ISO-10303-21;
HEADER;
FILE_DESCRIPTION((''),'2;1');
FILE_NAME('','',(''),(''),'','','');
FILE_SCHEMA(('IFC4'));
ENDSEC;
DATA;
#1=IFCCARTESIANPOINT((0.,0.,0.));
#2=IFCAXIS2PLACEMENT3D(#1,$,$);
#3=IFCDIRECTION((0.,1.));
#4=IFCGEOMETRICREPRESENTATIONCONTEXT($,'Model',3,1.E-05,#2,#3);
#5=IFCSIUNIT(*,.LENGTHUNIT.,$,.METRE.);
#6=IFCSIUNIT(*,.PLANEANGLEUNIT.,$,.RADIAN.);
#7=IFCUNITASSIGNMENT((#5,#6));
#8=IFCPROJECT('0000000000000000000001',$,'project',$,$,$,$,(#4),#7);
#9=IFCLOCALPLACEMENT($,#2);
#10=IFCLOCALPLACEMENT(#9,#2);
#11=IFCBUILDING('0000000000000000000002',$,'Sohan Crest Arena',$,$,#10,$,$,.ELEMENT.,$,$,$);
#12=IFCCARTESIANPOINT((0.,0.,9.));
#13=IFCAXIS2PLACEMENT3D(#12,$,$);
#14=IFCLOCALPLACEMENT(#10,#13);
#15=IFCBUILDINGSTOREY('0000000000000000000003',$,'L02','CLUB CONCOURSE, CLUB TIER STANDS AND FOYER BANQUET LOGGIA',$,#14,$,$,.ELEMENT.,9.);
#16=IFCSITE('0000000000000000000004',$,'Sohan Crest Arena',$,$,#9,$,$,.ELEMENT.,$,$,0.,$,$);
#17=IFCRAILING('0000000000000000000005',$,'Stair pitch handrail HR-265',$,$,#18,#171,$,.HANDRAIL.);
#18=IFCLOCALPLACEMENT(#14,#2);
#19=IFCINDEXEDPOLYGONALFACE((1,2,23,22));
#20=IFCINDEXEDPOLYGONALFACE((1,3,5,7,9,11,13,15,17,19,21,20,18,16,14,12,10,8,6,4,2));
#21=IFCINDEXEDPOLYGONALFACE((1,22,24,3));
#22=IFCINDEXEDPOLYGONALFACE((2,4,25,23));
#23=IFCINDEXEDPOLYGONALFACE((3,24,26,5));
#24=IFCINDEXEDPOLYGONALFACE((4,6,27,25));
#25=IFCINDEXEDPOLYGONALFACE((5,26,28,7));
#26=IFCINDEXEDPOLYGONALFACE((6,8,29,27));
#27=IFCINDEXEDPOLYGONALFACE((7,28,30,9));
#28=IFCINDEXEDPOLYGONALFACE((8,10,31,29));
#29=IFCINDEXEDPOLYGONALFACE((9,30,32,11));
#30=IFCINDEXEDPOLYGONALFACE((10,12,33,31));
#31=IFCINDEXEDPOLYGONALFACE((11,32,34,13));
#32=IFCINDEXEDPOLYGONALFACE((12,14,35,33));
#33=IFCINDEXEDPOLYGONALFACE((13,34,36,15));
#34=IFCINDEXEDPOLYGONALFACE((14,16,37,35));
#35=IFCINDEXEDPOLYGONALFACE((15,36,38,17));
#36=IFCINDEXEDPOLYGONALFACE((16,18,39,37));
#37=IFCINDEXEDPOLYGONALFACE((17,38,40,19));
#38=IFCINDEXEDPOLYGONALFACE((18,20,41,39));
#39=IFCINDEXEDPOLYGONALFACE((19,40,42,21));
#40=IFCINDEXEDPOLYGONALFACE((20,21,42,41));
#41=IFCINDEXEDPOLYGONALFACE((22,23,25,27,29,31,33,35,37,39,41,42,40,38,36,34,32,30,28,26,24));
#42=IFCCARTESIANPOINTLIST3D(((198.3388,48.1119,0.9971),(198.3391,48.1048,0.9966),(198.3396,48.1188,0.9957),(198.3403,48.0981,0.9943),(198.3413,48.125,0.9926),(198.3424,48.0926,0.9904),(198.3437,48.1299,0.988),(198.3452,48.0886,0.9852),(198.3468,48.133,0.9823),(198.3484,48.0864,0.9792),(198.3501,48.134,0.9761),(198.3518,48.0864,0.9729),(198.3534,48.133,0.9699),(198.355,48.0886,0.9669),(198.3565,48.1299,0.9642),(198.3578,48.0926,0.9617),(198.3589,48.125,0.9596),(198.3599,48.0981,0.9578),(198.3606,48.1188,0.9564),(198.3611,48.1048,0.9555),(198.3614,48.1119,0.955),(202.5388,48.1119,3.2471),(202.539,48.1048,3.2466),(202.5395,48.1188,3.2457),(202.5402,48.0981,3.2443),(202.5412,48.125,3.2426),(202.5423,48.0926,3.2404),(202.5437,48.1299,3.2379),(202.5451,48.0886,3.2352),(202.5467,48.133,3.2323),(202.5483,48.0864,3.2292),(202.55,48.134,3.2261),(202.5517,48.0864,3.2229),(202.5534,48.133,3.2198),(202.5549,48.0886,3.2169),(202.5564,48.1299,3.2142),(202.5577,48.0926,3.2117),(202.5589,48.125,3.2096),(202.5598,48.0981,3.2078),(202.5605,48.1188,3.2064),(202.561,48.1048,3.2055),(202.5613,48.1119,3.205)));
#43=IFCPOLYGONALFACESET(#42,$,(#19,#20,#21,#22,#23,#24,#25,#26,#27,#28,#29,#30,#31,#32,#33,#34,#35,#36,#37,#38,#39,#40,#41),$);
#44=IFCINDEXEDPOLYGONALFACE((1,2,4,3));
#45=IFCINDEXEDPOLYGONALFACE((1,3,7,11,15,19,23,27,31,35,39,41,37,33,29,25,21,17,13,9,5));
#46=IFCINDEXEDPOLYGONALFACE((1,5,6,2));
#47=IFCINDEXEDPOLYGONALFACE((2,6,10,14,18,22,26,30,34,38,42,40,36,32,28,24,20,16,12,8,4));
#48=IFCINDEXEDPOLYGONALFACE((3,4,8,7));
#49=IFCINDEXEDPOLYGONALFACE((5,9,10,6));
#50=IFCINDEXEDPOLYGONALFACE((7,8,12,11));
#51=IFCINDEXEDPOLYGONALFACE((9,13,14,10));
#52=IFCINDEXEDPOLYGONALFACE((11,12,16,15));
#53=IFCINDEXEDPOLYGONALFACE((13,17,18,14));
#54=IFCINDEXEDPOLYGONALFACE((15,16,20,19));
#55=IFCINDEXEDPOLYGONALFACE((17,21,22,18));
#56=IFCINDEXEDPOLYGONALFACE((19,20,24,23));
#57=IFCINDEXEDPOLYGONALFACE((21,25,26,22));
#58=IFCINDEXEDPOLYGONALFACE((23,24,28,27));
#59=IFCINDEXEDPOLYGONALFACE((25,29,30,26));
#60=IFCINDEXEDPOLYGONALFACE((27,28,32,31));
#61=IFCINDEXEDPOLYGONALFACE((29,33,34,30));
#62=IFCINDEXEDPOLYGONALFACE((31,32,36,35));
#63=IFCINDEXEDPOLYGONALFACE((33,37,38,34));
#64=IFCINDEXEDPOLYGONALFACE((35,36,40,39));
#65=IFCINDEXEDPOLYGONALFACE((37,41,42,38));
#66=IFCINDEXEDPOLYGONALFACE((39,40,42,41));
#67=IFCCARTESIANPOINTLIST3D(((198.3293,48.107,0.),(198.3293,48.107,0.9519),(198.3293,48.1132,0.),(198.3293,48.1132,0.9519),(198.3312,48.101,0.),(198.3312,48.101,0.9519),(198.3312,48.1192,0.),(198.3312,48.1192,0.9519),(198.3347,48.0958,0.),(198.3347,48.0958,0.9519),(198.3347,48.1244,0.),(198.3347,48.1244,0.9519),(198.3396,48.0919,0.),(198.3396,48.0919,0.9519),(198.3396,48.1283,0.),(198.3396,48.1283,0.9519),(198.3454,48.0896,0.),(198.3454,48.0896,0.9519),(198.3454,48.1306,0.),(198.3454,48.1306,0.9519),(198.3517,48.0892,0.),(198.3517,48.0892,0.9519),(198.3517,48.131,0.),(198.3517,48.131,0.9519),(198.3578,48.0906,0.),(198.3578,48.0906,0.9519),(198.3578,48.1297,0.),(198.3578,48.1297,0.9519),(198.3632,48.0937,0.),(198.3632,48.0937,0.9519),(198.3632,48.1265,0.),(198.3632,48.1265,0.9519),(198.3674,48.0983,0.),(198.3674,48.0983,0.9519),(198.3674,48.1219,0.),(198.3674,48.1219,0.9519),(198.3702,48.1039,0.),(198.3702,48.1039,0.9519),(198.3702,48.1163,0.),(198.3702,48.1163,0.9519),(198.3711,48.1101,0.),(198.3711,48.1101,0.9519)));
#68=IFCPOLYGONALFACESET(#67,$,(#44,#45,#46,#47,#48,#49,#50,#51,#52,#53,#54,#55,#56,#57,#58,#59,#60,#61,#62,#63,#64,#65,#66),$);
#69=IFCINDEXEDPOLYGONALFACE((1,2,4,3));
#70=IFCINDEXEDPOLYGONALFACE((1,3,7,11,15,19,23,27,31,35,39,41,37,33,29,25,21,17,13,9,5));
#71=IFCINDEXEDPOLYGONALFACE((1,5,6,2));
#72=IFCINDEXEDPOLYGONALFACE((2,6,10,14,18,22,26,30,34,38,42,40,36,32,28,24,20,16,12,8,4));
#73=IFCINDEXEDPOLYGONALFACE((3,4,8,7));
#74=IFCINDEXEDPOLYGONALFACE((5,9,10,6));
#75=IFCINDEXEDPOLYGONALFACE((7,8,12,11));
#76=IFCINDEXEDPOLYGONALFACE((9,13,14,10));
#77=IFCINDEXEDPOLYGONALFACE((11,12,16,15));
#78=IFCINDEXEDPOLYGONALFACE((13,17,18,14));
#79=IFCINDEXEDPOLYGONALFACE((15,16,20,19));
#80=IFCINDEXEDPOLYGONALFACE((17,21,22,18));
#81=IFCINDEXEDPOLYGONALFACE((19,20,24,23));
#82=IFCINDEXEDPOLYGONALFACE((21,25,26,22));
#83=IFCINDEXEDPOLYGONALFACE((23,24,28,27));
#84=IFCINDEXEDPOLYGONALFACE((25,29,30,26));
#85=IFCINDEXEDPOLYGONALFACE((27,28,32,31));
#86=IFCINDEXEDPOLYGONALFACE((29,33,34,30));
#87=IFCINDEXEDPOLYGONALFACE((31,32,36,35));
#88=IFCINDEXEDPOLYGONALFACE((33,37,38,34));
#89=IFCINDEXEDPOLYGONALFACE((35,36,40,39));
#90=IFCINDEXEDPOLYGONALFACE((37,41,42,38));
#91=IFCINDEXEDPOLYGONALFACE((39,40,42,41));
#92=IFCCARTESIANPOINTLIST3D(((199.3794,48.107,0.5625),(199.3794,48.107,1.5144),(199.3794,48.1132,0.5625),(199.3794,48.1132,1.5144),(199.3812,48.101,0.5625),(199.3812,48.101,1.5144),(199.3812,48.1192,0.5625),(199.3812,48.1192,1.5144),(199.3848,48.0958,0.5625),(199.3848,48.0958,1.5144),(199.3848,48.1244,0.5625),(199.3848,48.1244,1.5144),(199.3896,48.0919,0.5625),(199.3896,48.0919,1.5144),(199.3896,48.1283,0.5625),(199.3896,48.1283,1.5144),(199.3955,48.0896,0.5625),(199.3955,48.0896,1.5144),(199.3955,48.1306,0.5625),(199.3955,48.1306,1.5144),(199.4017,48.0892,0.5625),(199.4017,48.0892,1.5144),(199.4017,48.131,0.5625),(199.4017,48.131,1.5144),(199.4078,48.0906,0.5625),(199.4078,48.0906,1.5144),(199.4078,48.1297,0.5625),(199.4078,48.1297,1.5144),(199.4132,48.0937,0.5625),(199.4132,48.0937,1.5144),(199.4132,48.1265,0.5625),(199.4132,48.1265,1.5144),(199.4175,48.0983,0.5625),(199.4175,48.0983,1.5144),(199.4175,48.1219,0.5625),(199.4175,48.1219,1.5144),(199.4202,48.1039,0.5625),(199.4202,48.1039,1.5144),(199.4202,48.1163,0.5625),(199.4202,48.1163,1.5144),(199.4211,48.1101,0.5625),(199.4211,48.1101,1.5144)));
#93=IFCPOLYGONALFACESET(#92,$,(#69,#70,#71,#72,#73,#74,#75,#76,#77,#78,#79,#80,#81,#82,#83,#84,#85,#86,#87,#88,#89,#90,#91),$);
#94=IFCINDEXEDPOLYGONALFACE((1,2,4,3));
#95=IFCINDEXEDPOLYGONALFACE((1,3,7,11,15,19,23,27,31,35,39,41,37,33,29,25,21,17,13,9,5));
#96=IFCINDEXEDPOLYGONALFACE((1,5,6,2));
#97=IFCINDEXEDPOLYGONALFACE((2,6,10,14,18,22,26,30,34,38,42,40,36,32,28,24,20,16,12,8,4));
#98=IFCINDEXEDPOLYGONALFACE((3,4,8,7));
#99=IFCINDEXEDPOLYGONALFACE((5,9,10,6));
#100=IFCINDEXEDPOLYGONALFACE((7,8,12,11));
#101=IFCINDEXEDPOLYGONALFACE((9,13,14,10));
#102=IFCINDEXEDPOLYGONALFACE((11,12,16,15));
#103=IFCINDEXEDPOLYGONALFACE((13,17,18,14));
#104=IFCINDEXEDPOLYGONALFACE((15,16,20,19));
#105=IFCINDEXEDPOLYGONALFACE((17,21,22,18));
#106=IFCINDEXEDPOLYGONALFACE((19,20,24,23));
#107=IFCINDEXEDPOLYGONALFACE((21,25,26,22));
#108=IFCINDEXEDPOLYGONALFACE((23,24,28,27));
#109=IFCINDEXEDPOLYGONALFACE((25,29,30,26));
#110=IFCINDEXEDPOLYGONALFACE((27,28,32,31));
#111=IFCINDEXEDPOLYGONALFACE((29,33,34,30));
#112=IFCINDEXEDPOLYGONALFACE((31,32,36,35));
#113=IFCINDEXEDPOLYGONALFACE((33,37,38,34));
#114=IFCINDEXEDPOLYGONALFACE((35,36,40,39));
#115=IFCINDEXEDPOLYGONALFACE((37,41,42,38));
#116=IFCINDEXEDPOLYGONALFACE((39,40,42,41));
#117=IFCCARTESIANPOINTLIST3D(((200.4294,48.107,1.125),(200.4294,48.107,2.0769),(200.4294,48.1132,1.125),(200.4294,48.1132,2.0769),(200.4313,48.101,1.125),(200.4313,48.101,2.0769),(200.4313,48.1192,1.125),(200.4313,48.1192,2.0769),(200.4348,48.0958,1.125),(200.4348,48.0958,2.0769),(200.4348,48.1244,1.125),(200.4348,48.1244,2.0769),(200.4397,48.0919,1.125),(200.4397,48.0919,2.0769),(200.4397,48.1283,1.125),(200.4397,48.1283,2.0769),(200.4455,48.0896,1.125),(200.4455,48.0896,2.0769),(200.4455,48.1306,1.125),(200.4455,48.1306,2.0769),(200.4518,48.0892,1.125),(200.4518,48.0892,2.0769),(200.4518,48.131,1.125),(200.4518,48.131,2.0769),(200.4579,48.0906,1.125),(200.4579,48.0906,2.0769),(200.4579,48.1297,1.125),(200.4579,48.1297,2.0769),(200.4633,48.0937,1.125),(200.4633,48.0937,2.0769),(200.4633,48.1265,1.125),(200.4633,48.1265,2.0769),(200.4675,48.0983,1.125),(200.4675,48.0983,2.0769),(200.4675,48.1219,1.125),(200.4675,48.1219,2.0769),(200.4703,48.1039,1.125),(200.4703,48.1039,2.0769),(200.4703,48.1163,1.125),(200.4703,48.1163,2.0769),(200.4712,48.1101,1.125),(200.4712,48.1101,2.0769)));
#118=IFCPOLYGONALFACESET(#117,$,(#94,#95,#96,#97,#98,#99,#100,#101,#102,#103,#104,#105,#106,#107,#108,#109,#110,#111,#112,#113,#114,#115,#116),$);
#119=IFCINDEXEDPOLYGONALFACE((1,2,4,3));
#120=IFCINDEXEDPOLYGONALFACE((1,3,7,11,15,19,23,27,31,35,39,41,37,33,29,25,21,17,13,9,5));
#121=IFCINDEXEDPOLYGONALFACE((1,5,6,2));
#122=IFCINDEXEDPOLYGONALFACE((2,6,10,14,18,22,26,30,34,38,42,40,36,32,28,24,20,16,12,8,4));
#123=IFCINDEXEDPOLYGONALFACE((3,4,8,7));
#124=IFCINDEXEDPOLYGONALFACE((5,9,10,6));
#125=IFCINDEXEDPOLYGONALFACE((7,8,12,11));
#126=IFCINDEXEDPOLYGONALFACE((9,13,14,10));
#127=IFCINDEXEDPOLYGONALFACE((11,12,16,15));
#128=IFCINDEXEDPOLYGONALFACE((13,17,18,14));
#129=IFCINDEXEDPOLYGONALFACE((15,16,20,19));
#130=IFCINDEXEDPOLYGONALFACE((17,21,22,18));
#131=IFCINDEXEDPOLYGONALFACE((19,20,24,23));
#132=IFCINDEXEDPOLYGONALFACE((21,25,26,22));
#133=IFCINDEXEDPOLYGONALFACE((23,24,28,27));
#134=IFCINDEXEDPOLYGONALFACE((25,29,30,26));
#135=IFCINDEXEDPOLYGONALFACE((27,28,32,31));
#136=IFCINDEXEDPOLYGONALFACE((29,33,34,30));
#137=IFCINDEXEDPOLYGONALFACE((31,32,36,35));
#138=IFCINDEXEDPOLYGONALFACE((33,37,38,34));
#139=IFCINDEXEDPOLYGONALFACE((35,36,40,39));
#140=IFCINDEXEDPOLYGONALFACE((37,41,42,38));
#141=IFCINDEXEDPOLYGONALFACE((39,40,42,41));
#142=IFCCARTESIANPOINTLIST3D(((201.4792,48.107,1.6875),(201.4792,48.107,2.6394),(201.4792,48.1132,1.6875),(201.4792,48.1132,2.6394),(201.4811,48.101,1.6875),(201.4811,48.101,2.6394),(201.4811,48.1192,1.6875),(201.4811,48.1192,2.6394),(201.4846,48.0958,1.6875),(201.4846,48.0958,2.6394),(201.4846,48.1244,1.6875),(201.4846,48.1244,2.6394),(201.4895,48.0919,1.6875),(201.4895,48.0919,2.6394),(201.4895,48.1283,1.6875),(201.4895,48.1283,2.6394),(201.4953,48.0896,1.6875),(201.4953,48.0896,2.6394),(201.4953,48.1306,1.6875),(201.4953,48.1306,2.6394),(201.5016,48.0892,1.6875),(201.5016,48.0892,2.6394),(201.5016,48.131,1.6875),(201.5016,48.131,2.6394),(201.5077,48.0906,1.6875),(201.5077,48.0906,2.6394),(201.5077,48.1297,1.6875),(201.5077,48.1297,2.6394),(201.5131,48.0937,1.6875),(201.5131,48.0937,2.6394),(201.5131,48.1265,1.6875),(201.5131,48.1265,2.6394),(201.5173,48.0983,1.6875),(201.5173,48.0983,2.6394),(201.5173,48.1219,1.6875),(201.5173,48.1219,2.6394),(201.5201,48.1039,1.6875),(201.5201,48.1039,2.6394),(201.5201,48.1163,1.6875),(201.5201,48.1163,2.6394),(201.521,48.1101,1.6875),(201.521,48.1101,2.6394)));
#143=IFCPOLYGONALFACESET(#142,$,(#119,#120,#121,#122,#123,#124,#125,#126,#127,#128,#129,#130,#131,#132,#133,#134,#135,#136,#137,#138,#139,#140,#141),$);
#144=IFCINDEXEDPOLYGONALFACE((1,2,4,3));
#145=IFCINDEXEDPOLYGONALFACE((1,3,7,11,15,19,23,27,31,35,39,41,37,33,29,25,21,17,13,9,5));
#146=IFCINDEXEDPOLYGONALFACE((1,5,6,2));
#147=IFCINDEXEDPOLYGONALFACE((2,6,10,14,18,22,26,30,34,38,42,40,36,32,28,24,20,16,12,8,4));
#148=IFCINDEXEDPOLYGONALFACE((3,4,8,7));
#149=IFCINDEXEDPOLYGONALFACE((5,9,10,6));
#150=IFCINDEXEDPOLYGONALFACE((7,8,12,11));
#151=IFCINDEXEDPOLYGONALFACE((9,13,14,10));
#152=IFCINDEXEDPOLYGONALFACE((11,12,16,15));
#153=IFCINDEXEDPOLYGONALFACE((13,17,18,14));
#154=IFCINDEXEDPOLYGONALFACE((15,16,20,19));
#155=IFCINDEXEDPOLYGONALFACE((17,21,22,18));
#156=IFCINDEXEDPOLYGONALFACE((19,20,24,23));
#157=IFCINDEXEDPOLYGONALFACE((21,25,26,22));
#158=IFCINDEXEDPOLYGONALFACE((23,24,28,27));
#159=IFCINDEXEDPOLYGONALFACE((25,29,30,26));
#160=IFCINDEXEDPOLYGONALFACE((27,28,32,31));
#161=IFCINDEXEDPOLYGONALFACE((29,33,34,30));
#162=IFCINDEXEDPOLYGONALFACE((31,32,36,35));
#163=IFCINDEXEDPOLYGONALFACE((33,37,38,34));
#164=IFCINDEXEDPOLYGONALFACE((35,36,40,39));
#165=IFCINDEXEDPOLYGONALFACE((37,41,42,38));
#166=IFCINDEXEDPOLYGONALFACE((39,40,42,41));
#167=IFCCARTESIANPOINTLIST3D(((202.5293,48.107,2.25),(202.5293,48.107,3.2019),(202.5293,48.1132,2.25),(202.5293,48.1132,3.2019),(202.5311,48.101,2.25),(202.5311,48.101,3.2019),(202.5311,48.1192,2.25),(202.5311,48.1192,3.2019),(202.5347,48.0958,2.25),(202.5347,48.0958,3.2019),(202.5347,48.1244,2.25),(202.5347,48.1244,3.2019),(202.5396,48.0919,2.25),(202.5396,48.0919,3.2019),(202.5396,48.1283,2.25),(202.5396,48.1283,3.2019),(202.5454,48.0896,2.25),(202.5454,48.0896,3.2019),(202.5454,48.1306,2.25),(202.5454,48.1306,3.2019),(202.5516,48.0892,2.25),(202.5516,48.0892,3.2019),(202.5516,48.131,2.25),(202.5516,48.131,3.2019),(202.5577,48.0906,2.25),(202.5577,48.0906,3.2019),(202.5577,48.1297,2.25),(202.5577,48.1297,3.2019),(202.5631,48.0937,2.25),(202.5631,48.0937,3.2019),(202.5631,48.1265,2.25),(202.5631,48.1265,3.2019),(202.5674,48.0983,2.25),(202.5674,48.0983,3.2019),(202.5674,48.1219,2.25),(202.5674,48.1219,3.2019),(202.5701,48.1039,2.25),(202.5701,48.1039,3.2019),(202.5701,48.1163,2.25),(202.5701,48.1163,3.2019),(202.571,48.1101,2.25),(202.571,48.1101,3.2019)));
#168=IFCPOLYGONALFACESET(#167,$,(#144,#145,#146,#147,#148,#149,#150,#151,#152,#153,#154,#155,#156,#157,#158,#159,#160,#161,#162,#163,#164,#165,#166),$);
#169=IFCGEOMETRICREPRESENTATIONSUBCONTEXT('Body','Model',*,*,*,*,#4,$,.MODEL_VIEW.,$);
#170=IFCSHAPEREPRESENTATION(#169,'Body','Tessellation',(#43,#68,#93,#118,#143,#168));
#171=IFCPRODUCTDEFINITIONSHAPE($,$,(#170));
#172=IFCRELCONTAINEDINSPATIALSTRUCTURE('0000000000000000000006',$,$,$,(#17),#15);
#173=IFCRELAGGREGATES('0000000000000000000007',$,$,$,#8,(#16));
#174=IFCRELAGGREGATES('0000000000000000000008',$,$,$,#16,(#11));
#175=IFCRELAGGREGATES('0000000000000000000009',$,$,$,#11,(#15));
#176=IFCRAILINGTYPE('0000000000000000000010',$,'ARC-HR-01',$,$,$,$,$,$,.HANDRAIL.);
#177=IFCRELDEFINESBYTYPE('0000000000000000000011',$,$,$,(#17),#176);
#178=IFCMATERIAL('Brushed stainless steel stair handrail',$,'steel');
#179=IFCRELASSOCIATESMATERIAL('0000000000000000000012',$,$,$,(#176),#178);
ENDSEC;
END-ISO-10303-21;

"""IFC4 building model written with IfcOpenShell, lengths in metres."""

from ifc_helpers import new_model, si_unit, direction, frame, origin, origin_2d, place, context, subcontext, project, spatial, circle, extrude, material, type_object, element, save


model = new_model("IFC4")

# Units and contexts
model_context = context("Model", 3, precision=1e-05, world=origin(), true_north=direction((0.0, 1.0)))
body_context = subcontext(model_context, "Body", "Model", "MODEL_VIEW")
ifc_project = project(units=[si_unit("LENGTHUNIT", "METRE"), si_unit("PLANEANGLEUNIT", "RADIAN")], contexts=[model_context])

# Site, building, storey
site_placement = place(None, origin())
site = spatial("IfcSite", under=ifc_project, at=site_placement, Name="Sohan Crest Arena", CompositionType="ELEMENT", RefElevation=0.0)
building_placement = place(site_placement, origin())
building = spatial("IfcBuilding", under=site, at=building_placement, Name="Sohan Crest Arena", CompositionType="ELEMENT")
storey_placement = place(building_placement, frame((0.0, 0.0, 9.0)))
storey = spatial("IfcBuildingStorey", under=building, at=storey_placement, Name="L02", Description="CLUB CONCOURSE, CLUB TIER STANDS AND FOYER BANQUET LOGGIA", CompositionType="ELEMENT", Elevation=9.0)

# Railing
ifc_material_1 = material(Name="Brushed stainless steel stair handrail", Category="steel")
railing_type = type_object("IfcRailingType", Name="ARC-HR-01", PredefinedType="HANDRAIL", material=ifc_material_1)
for number, where, name in (
    (1, (198.3501, 48.1101, 0.0), "Stair pitch handrail HR-265"),
):
    element("IfcRailing", number, at=place(storey_placement, frame(where)), inside=storey, type_object=railing_type, Name=name, PredefinedType="HANDRAIL", context=body_context, shape_type="SweptSolid", body=[
        extrude(circle(Radius=0.0239, at=origin_2d()), frame((0.0, 0.0, 0.9761), z_axis=(0.881478, 0.0, 0.472226), x_axis=(0.0, 1.0, 0.0)), (0.0, 0.0, 1.0), 4.7646),
        extrude(circle(Radius=0.021, at=origin_2d()), origin(), (0.0, 0.0, 1.0), 0.9519),
        extrude(circle(Radius=0.021, at=origin_2d()), frame((1.05, 0.0, 0.5625)), (0.0, 0.0, 1.0), 0.9519),
        extrude(circle(Radius=0.021, at=origin_2d()), frame((2.1001, 0.0, 1.125)), (0.0, 0.0, 1.0), 0.9519),
        extrude(circle(Radius=0.021, at=origin_2d()), frame((3.1499, 0.0, 1.6875)), (0.0, 0.0, 1.0), 0.9519),
        extrude(circle(Radius=0.021, at=origin_2d()), frame((4.2, 0.0, 2.25)), (0.0, 0.0, 1.0), 0.9519),
    ])

save(model, "model.ifc")
